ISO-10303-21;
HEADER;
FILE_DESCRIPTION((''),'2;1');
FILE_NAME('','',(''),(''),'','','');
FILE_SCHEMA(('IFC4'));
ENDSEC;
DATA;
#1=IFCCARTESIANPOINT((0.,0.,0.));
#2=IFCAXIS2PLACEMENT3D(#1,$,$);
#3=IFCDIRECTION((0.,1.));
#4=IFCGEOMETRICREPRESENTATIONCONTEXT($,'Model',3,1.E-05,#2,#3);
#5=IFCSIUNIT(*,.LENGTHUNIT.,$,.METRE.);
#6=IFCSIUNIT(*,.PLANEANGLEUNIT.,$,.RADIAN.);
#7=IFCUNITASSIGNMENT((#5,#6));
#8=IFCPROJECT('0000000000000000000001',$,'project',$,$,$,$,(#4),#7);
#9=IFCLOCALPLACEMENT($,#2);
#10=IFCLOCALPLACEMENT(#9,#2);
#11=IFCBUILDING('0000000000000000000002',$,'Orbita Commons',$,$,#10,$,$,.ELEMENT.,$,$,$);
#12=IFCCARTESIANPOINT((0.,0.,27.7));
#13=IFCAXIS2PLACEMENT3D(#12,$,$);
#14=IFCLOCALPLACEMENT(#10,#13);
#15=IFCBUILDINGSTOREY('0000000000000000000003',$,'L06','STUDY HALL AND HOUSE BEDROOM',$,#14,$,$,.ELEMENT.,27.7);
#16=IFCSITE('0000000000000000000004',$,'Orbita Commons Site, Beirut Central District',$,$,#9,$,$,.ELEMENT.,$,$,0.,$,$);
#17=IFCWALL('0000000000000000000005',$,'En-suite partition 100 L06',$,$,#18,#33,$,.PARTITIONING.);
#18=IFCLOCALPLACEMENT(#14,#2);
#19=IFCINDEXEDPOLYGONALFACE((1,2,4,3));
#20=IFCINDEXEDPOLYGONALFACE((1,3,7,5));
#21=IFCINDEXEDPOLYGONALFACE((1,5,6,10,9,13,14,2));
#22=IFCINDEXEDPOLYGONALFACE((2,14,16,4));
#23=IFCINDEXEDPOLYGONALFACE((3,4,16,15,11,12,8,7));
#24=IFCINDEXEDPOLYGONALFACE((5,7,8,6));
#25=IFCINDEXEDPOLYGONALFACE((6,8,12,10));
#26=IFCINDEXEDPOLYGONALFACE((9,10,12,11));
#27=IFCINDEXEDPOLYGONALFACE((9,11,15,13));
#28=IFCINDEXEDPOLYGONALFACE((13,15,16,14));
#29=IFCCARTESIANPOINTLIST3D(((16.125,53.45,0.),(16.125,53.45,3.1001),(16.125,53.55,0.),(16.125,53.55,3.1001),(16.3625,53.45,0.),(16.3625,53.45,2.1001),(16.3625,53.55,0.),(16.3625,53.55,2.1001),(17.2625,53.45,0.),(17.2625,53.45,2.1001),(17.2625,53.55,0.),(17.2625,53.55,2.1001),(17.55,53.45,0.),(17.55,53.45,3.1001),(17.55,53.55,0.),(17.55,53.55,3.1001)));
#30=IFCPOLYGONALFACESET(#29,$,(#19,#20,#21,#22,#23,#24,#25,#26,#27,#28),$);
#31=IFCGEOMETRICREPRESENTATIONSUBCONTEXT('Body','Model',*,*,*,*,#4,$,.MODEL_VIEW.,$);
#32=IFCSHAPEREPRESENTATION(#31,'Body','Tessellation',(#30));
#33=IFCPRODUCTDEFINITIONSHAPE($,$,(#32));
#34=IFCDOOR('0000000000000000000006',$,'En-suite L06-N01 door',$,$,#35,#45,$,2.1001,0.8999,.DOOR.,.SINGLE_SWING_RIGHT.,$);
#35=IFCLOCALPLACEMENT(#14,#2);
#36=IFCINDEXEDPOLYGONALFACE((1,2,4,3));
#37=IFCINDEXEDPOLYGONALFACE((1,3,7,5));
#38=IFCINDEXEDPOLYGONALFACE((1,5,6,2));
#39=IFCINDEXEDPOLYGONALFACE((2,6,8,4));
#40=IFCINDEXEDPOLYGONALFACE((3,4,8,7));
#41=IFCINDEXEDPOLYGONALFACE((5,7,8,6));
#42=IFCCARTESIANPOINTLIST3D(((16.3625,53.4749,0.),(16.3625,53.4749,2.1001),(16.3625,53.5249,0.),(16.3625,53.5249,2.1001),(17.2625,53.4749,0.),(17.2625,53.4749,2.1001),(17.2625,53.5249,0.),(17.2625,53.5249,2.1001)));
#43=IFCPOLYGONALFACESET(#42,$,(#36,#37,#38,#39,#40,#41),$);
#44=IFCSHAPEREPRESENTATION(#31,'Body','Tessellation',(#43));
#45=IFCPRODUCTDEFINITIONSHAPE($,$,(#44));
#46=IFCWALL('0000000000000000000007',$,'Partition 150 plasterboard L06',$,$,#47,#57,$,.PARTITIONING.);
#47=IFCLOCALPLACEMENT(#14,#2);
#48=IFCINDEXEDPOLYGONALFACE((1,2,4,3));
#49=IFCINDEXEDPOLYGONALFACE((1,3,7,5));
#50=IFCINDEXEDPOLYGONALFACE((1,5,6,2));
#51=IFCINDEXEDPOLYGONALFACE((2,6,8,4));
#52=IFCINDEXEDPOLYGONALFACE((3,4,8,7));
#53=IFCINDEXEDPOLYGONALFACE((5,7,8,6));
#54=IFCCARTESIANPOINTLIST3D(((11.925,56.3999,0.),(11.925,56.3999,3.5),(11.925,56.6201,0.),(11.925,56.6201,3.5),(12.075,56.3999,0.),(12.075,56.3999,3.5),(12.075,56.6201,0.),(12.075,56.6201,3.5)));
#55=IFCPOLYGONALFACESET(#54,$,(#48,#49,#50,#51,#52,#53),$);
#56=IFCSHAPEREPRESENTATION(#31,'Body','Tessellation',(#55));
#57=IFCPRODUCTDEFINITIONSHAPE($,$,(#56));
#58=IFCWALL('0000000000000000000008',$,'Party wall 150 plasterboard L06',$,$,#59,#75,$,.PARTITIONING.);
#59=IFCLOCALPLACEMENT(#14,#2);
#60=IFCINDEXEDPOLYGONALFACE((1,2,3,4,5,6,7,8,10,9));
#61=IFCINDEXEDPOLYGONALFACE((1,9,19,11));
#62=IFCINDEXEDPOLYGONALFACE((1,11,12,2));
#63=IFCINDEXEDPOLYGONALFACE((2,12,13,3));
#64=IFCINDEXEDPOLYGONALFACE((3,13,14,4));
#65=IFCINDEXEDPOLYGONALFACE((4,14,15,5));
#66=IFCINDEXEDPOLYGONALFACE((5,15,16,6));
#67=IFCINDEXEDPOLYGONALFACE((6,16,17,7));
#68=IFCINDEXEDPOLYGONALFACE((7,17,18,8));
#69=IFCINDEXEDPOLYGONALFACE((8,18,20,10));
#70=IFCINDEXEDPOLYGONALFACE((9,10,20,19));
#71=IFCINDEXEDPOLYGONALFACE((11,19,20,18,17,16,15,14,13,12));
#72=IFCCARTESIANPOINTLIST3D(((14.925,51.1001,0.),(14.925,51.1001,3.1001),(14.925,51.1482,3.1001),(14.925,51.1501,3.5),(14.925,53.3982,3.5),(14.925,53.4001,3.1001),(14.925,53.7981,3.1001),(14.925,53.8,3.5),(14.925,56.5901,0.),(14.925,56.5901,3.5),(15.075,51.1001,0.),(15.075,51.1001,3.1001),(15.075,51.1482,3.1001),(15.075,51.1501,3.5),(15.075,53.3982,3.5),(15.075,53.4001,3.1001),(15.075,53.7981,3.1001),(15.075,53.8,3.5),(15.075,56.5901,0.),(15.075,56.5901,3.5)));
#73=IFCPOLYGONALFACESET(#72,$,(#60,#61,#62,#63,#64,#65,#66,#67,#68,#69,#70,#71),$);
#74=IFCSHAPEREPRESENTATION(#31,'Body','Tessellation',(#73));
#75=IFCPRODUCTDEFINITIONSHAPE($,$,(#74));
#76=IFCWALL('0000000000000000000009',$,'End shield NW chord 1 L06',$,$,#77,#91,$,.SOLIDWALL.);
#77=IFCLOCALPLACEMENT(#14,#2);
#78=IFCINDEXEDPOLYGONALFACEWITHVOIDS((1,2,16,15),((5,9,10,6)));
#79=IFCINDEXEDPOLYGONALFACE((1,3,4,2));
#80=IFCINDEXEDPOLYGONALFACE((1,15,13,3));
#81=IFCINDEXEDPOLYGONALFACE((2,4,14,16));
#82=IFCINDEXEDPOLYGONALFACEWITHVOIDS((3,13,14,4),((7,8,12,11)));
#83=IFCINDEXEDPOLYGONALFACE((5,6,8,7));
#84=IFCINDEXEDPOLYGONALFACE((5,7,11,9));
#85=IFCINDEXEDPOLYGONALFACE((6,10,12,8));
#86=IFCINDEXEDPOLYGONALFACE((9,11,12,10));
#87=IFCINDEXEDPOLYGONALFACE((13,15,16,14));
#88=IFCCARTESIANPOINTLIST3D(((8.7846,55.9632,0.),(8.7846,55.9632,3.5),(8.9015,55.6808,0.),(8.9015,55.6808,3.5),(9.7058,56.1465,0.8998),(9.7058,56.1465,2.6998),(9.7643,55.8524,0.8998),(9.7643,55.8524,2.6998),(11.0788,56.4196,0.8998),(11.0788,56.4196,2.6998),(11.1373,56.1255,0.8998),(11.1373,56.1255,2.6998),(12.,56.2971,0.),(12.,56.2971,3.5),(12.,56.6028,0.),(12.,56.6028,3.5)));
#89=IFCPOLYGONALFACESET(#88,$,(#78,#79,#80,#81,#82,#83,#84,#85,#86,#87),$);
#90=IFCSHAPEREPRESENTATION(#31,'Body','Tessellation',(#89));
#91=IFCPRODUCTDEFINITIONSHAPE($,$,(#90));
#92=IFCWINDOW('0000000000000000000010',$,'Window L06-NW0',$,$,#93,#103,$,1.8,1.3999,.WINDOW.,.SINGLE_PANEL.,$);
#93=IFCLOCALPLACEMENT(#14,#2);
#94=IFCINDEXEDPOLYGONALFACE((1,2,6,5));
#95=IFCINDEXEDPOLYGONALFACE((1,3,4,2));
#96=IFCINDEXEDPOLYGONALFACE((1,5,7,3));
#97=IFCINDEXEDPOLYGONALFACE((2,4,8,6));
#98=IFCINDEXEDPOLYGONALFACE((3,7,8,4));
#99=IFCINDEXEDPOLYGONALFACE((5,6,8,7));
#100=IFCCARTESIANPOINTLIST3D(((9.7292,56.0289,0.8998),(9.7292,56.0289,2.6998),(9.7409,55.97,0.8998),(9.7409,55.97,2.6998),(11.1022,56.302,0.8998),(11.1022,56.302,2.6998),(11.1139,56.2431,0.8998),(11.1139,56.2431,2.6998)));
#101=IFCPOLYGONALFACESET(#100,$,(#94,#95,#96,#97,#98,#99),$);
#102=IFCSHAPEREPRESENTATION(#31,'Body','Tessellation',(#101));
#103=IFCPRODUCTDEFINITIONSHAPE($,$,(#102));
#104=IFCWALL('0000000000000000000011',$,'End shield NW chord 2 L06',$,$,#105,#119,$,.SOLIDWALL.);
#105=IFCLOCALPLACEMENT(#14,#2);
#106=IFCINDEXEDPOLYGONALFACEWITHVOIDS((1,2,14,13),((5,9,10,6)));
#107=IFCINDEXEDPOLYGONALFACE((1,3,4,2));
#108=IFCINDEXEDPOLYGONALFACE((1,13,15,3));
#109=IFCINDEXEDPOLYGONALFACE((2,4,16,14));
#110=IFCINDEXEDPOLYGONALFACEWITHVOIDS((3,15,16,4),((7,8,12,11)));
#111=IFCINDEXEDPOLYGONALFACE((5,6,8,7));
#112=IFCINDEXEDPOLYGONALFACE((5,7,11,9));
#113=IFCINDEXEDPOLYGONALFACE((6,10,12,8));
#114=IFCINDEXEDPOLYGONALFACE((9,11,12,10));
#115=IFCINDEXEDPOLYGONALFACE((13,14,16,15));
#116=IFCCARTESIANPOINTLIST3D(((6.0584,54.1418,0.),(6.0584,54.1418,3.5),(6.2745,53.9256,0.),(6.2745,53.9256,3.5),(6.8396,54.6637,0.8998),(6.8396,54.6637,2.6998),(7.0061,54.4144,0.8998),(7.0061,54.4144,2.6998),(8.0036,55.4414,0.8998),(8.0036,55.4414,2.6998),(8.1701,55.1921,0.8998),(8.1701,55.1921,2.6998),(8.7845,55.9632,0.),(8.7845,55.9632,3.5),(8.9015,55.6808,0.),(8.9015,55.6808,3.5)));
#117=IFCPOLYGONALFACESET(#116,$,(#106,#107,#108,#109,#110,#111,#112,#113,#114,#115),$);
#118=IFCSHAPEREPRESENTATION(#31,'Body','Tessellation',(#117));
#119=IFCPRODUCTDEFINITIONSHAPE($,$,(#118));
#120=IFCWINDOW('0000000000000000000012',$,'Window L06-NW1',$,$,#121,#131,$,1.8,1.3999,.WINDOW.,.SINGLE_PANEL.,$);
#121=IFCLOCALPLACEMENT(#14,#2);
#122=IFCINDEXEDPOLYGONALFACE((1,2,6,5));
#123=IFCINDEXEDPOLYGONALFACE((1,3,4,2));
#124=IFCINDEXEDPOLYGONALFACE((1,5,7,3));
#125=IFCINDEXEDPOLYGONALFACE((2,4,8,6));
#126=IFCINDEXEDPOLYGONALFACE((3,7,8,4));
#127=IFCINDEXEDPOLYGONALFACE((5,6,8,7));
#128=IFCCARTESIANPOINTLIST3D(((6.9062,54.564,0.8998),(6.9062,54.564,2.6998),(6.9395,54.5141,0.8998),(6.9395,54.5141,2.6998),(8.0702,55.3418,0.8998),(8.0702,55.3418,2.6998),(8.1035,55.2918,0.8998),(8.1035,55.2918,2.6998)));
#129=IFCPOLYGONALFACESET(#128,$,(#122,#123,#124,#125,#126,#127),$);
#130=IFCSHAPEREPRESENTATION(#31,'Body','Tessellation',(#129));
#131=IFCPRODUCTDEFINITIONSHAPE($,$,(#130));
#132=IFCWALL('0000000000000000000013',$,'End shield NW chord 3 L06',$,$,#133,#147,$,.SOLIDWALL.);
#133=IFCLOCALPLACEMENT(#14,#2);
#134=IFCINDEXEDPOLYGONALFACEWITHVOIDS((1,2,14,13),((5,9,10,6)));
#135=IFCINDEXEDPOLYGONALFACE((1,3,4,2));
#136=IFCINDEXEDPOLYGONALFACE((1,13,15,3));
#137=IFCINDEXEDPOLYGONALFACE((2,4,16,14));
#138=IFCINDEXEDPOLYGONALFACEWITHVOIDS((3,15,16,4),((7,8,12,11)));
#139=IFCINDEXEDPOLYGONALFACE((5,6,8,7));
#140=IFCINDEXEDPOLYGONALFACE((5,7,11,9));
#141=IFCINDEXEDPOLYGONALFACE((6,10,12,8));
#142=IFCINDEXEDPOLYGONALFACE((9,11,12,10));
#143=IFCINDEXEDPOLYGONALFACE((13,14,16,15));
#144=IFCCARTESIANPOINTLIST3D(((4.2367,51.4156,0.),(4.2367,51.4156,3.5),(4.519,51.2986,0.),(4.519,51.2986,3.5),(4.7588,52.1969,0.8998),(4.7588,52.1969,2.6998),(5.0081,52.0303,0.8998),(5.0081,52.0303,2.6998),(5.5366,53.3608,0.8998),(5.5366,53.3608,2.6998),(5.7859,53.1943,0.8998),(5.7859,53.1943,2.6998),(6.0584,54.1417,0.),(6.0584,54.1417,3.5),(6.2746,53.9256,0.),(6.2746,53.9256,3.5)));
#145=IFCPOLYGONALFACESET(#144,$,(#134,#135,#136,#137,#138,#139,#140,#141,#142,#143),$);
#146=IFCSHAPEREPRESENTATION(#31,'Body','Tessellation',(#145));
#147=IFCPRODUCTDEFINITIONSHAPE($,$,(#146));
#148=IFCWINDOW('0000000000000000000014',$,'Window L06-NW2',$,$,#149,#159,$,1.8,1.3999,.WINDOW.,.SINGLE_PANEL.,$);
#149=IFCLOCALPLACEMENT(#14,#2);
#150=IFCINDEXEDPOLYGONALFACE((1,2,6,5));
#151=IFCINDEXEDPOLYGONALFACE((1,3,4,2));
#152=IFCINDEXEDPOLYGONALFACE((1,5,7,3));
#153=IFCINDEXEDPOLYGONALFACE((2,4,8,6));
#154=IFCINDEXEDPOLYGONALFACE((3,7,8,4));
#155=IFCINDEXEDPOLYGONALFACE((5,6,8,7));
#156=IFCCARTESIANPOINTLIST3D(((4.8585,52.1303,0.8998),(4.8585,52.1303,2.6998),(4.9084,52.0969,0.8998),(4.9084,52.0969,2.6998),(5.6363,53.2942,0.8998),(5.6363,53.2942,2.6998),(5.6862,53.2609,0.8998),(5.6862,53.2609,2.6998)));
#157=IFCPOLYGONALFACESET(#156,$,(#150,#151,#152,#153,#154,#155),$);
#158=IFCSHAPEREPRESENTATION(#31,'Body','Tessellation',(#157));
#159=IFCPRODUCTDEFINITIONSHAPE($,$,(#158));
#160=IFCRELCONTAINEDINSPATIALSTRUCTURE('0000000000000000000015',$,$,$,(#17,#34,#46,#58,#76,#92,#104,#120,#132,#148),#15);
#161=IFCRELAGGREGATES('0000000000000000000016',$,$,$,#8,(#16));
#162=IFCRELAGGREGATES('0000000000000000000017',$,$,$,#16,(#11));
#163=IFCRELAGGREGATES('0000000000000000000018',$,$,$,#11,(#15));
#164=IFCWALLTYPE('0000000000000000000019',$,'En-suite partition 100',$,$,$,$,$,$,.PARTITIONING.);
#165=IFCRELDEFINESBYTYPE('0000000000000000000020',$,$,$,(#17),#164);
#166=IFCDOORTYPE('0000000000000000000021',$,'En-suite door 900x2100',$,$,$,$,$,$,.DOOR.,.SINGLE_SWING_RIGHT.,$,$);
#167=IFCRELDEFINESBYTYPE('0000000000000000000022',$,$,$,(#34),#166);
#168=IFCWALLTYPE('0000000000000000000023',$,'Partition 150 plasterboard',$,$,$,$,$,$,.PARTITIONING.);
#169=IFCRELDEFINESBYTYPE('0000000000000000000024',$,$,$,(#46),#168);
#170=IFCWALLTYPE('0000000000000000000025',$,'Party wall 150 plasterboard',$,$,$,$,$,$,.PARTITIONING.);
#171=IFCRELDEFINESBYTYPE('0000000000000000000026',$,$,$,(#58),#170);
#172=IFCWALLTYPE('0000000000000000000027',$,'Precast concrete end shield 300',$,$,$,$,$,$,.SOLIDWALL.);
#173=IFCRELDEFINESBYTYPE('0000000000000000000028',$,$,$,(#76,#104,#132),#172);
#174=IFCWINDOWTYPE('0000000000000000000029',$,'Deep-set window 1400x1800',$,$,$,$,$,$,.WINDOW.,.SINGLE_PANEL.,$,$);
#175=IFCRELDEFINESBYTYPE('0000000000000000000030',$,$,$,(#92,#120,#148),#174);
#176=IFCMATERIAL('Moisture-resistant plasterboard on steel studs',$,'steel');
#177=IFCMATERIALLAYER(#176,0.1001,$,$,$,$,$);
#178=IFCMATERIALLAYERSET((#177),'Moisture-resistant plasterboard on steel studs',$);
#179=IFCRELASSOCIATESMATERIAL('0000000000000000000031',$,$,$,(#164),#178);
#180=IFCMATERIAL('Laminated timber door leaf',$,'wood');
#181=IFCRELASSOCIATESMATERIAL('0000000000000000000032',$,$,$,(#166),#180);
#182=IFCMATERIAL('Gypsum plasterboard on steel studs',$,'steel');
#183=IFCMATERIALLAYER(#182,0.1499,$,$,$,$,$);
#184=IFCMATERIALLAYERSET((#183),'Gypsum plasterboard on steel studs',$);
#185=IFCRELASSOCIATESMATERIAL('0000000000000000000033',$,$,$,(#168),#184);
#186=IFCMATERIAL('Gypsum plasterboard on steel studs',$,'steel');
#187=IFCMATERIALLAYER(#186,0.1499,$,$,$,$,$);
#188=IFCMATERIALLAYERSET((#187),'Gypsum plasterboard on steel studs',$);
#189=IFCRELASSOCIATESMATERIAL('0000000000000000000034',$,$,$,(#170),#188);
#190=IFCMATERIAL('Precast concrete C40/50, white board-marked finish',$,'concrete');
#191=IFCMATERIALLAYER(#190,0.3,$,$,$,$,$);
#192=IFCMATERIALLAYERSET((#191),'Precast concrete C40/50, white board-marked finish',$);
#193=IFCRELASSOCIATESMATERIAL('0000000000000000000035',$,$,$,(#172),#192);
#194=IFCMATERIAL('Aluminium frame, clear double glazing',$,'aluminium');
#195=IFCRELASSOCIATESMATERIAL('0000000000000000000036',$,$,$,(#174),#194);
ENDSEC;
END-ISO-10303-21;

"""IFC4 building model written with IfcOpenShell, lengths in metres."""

from ifc_helpers import new_model, si_unit, direction, frame, frame_2d, origin, place, context, subcontext, project, spatial, polyline, rectangle, outline, extrude, material, layer, layer_set, type_object, element, fill, save


model = new_model("IFC4")

# Units and contexts
model_context = context("Model", 3, precision=1e-05, world=origin(), true_north=direction((0.0, 1.0)))
body_context = subcontext(model_context, "Body", "Model", "MODEL_VIEW")
ifc_project = project(units=[si_unit("LENGTHUNIT", "METRE"), si_unit("PLANEANGLEUNIT", "RADIAN")], contexts=[model_context])

# Site, building, storey
site_placement = place(None, origin())
site = spatial("IfcSite", under=ifc_project, at=site_placement, Name="Orbita Commons Site, Beirut Central District", CompositionType="ELEMENT", RefElevation=0.0)
building_placement = place(site_placement, origin())
building = spatial("IfcBuilding", under=site, at=building_placement, Name="Orbita Commons", CompositionType="ELEMENT")
storey_placement = place(building_placement, frame((0.0, 0.0, 27.7)))
storey = spatial("IfcBuildingStorey", under=building, at=storey_placement, Name="L06", Description="STUDY HALL AND HOUSE BEDROOM", CompositionType="ELEMENT", Elevation=27.7)

# Wall, opening, door
ifc_material_1 = material(Name="Moisture-resistant plasterboard on steel studs", Category="steel")
ifc_layer_1 = layer(ifc_material_1, 0.1001)
ifc_layer_set_1 = layer_set([ifc_layer_1], Name="Moisture-resistant plasterboard on steel studs")
wall_type_1 = type_object("IfcWallType", Name="En-suite partition 100", PredefinedType="PARTITIONING", material=ifc_layer_set_1)
ifc_material_2 = material(Name="Laminated timber door leaf", Category="wood")
door_type = type_object("IfcDoorType", Name="En-suite door 900x2100", OperationType="SINGLE_SWING_RIGHT", PredefinedType="DOOR", material=ifc_material_2)
wall_1_placement = place(storey_placement, frame((16.125, 53.5, 0.0), z_axis=(0.0, 0.0, 1.0), x_axis=(1.0, 0.0, 0.0)))
wall_1 = element("IfcWall", 1, at=wall_1_placement, inside=storey, type_object=wall_type_1, Name="En-suite partition 100 L06", PredefinedType="PARTITIONING", context=body_context, shape_type="SweptSolid", body=[
    extrude(outline(polyline([(0.0, 0.0), (1.425, 0.0), (1.425, 3.1001), (0.0, 3.1001), (0.0, 0.0)])), frame((0.0, 0.05, 0.0), z_axis=(0.0, -1.0, 0.0), x_axis=(1.0, 0.0, 0.0)), (0.0, 0.0, 1.0), 0.1001),
])
opening_1_placement = place(wall_1_placement, frame((0.2375, 0.0, 0.0)))
opening_1 = element("IfcOpeningElement", 2, at=opening_1_placement, cuts=wall_1, PredefinedType="OPENING", context=body_context, shape_type="SweptSolid", body=[
    extrude(rectangle(XDim=0.8999, YDim=2.1001, at=frame_2d((0.45, 1.05))), frame((0.0, 0.0601, 0.0), z_axis=(0.0, -1.0, 0.0), x_axis=(1.0, 0.0, 0.0)), (0.0, 0.0, 1.0), 0.1201),
])
door_1_placement = place(opening_1_placement, origin())
door_1 = element("IfcDoor", 3, at=door_1_placement, inside=storey, type_object=door_type, Name="En-suite L06-N01 door", OperationType="SINGLE_SWING_RIGHT", OverallHeight=2.1001, OverallWidth=0.8999, PredefinedType="DOOR", context=body_context, shape_type="SweptSolid", body=[
    extrude(rectangle(XDim=0.8999, YDim=2.1001, at=frame_2d((0.45, 1.05))), frame((0.0, 0.0249, 0.0), z_axis=(0.0, -1.0, 0.0), x_axis=(1.0, 0.0, 0.0)), (0.0, 0.0, 1.0), 0.05),
])
fill(opening_1, door_1)

# Walls
ifc_material_3 = material(Name="Gypsum plasterboard on steel studs", Category="steel")
ifc_layer_2 = layer(ifc_material_3, 0.1499)
ifc_layer_set_2 = layer_set([ifc_layer_2], Name="Gypsum plasterboard on steel studs")
wall_type_2 = type_object("IfcWallType", Name="Partition 150 plasterboard", PredefinedType="PARTITIONING", material=ifc_layer_set_2)
wall_2_placement = place(storey_placement, frame((12.0, 56.3999, 0.0), z_axis=(0.0, 0.0, 1.0), x_axis=(0.0, 1.0, 0.0)))
element("IfcWall", 4, at=wall_2_placement, inside=storey, type_object=wall_type_2, Name="Partition 150 plasterboard L06", PredefinedType="PARTITIONING", context=body_context, shape_type="SweptSolid", body=[
    extrude(rectangle(XDim=0.2202, YDim=0.1499, at=frame_2d((0.1101, 0.0))), origin(), (0.0, 0.0, 1.0), 3.5),
])
ifc_material_4 = material(Name="Gypsum plasterboard on steel studs", Category="steel")
ifc_layer_3 = layer(ifc_material_4, 0.1499)
ifc_layer_set_3 = layer_set([ifc_layer_3], Name="Gypsum plasterboard on steel studs")
wall_type_3 = type_object("IfcWallType", Name="Party wall 150 plasterboard", PredefinedType="PARTITIONING", material=ifc_layer_set_3)
wall_3_placement = place(storey_placement, frame((15.0, 56.5901, 0.0), z_axis=(0.0, 0.0, 1.0), x_axis=(0.0, -1.0, 0.0)))
element("IfcWall", 5, at=wall_3_placement, inside=storey, type_object=wall_type_3, Name="Party wall 150 plasterboard L06", PredefinedType="PARTITIONING", context=body_context, shape_type="SweptSolid", body=[
    extrude(outline(polyline([(0.0, 0.0), (5.49, 0.0), (5.49, 3.1001), (5.4419, 3.1001), (5.4399, 3.5), (3.1919, 3.5), (3.1899, 3.1001), (2.792, 3.1001), (2.79, 3.5), (0.0, 3.5), (0.0, 0.0)])), frame((0.0, 0.075, 0.0), z_axis=(0.0, -1.0, 0.0), x_axis=(1.0, 0.0, 0.0)), (0.0, 0.0, 1.0), 0.1499),
])

# Walls, openings, windows
ifc_material_5 = material(Name="Precast concrete C40/50, white board-marked finish", Category="concrete")
ifc_layer_4 = layer(ifc_material_5, 0.3)
ifc_layer_set_4 = layer_set([ifc_layer_4], Name="Precast concrete C40/50, white board-marked finish")
wall_type_4 = type_object("IfcWallType", Name="Precast concrete end shield 300", PredefinedType="SOLIDWALL", material=ifc_layer_set_4)
wall_4_placement = place(storey_placement, frame((12.0, 56.45, 0.0), z_axis=(0.0, 0.0, 1.0), x_axis=(-0.980787, -0.19508, 0.0)))
wall_4 = element("IfcWall", 6, at=wall_4_placement, inside=storey, type_object=wall_type_4, Name="End shield NW chord 1 L06", PredefinedType="SOLIDWALL", context=body_context, shape_type="SweptSolid", body=[
    extrude(outline(polyline([(-0.0298, -0.1499), (3.2485, -0.1499), (3.189, 0.1499), (0.0298, 0.1499), (-0.0298, -0.1499)])), origin(), (0.0, 0.0, 1.0), 3.5),
])
opening_2_placement = place(wall_4_placement, frame((0.9094, 0.0, 0.8999)))
opening_2 = element("IfcOpeningElement", 7, at=opening_2_placement, cuts=wall_4, PredefinedType="OPENING", context=body_context, shape_type="SweptSolid", body=[
    extrude(rectangle(XDim=1.3999, YDim=1.8, at=frame_2d((0.7, 0.8999))), frame((0.0, 0.1599, 0.0), z_axis=(0.0, -1.0, 0.0), x_axis=(1.0, 0.0, 0.0)), (0.0, 0.0, 1.0), 0.3201),
])
ifc_material_6 = material(Name="Aluminium frame, clear double glazing", Category="aluminium")
window_type = type_object("IfcWindowType", Name="Deep-set window 1400x1800", PartitioningType="SINGLE_PANEL", PredefinedType="WINDOW", material=ifc_material_6)
window_1_placement = place(opening_2_placement, origin())
window_1 = element("IfcWindow", 8, at=window_1_placement, inside=storey, type_object=window_type, Name="Window L06-NW0", OverallHeight=1.8, OverallWidth=1.3999, PartitioningType="SINGLE_PANEL", PredefinedType="WINDOW", context=body_context, shape_type="SweptSolid", body=[
    extrude(rectangle(XDim=1.3999, YDim=1.8, at=frame_2d((0.7, 0.8999))), frame((0.0, 0.03, 0.0), z_axis=(0.0, -1.0, 0.0), x_axis=(1.0, 0.0, 0.0)), (0.0, 0.0, 1.0), 0.0601),
])
fill(opening_2, window_1)
wall_5_placement = place(storey_placement, frame((8.843, 55.822, 0.0), z_axis=(0.0, 0.0, 1.0), x_axis=(-0.831478, -0.555558, 0.0)))
wall_5 = element("IfcWall", 9, at=wall_5_placement, inside=storey, type_object=wall_type_4, Name="End shield NW chord 2 L06", PredefinedType="SOLIDWALL", context=body_context, shape_type="SweptSolid", body=[
    extrude(outline(polyline([(-0.0298, -0.1499), (3.2488, -0.1499), (3.1892, 0.1499), (0.0298, 0.1499), (-0.0298, -0.1499)])), origin(), (0.0, 0.0, 1.0), 3.5),
])
opening_3_placement = place(wall_5_placement, frame((0.9094, 0.0, 0.8999)))
opening_3 = element("IfcOpeningElement", 10, at=opening_3_placement, cuts=wall_5, PredefinedType="OPENING", context=body_context, shape_type="SweptSolid", body=[
    extrude(rectangle(XDim=1.3999, YDim=1.8, at=frame_2d((0.7, 0.8999))), frame((0.0, 0.1599, 0.0), z_axis=(0.0, -1.0, 0.0), x_axis=(1.0, 0.0, 0.0)), (0.0, 0.0, 1.0), 0.3201),
])
window_2_placement = place(opening_3_placement, origin())
window_2 = element("IfcWindow", 11, at=window_2_placement, inside=storey, type_object=window_type, Name="Window L06-NW1", OverallHeight=1.8, OverallWidth=1.3999, PartitioningType="SINGLE_PANEL", PredefinedType="WINDOW", context=body_context, shape_type="SweptSolid", body=[
    extrude(rectangle(XDim=1.3999, YDim=1.8, at=frame_2d((0.7, 0.8999))), frame((0.0, 0.03, 0.0), z_axis=(0.0, -1.0, 0.0), x_axis=(1.0, 0.0, 0.0)), (0.0, 0.0, 1.0), 0.0601),
])
fill(opening_3, window_2)
wall_6_placement = place(storey_placement, frame((6.1665, 54.0337, 0.0), z_axis=(0.0, 0.0, 1.0), x_axis=(-0.55561, -0.831443, 0.0)))
wall_6 = element("IfcWall", 12, at=wall_6_placement, inside=storey, type_object=wall_type_4, Name="End shield NW chord 3 L06", PredefinedType="SOLIDWALL", context=body_context, shape_type="SweptSolid", body=[
    extrude(outline(polyline([(-0.0298, -0.1499), (3.249, -0.1499), (3.1895, 0.1499), (0.0298, 0.1499), (-0.0298, -0.1499)])), origin(), (0.0, 0.0, 1.0), 3.5),
])
opening_4_placement = place(wall_6_placement, frame((0.9094, 0.0, 0.8999)))
opening_4 = element("IfcOpeningElement", 13, at=opening_4_placement, cuts=wall_6, PredefinedType="OPENING", context=body_context, shape_type="SweptSolid", body=[
    extrude(rectangle(XDim=1.3999, YDim=1.8, at=frame_2d((0.7, 0.8999))), frame((0.0, 0.1599, 0.0), z_axis=(0.0, -1.0, 0.0), x_axis=(1.0, 0.0, 0.0)), (0.0, 0.0, 1.0), 0.3201),
])
window_3_placement = place(opening_4_placement, origin())
window_3 = element("IfcWindow", 14, at=window_3_placement, inside=storey, type_object=window_type, Name="Window L06-NW2", OverallHeight=1.8, OverallWidth=1.3999, PartitioningType="SINGLE_PANEL", PredefinedType="WINDOW", context=body_context, shape_type="SweptSolid", body=[
    extrude(rectangle(XDim=1.3999, YDim=1.8, at=frame_2d((0.7, 0.8999))), frame((0.0, 0.03, 0.0), z_axis=(0.0, -1.0, 0.0), x_axis=(1.0, 0.0, 0.0)), (0.0, 0.0, 1.0), 0.0601),
])
fill(opening_4, window_3)

save(model, "model.ifc")
